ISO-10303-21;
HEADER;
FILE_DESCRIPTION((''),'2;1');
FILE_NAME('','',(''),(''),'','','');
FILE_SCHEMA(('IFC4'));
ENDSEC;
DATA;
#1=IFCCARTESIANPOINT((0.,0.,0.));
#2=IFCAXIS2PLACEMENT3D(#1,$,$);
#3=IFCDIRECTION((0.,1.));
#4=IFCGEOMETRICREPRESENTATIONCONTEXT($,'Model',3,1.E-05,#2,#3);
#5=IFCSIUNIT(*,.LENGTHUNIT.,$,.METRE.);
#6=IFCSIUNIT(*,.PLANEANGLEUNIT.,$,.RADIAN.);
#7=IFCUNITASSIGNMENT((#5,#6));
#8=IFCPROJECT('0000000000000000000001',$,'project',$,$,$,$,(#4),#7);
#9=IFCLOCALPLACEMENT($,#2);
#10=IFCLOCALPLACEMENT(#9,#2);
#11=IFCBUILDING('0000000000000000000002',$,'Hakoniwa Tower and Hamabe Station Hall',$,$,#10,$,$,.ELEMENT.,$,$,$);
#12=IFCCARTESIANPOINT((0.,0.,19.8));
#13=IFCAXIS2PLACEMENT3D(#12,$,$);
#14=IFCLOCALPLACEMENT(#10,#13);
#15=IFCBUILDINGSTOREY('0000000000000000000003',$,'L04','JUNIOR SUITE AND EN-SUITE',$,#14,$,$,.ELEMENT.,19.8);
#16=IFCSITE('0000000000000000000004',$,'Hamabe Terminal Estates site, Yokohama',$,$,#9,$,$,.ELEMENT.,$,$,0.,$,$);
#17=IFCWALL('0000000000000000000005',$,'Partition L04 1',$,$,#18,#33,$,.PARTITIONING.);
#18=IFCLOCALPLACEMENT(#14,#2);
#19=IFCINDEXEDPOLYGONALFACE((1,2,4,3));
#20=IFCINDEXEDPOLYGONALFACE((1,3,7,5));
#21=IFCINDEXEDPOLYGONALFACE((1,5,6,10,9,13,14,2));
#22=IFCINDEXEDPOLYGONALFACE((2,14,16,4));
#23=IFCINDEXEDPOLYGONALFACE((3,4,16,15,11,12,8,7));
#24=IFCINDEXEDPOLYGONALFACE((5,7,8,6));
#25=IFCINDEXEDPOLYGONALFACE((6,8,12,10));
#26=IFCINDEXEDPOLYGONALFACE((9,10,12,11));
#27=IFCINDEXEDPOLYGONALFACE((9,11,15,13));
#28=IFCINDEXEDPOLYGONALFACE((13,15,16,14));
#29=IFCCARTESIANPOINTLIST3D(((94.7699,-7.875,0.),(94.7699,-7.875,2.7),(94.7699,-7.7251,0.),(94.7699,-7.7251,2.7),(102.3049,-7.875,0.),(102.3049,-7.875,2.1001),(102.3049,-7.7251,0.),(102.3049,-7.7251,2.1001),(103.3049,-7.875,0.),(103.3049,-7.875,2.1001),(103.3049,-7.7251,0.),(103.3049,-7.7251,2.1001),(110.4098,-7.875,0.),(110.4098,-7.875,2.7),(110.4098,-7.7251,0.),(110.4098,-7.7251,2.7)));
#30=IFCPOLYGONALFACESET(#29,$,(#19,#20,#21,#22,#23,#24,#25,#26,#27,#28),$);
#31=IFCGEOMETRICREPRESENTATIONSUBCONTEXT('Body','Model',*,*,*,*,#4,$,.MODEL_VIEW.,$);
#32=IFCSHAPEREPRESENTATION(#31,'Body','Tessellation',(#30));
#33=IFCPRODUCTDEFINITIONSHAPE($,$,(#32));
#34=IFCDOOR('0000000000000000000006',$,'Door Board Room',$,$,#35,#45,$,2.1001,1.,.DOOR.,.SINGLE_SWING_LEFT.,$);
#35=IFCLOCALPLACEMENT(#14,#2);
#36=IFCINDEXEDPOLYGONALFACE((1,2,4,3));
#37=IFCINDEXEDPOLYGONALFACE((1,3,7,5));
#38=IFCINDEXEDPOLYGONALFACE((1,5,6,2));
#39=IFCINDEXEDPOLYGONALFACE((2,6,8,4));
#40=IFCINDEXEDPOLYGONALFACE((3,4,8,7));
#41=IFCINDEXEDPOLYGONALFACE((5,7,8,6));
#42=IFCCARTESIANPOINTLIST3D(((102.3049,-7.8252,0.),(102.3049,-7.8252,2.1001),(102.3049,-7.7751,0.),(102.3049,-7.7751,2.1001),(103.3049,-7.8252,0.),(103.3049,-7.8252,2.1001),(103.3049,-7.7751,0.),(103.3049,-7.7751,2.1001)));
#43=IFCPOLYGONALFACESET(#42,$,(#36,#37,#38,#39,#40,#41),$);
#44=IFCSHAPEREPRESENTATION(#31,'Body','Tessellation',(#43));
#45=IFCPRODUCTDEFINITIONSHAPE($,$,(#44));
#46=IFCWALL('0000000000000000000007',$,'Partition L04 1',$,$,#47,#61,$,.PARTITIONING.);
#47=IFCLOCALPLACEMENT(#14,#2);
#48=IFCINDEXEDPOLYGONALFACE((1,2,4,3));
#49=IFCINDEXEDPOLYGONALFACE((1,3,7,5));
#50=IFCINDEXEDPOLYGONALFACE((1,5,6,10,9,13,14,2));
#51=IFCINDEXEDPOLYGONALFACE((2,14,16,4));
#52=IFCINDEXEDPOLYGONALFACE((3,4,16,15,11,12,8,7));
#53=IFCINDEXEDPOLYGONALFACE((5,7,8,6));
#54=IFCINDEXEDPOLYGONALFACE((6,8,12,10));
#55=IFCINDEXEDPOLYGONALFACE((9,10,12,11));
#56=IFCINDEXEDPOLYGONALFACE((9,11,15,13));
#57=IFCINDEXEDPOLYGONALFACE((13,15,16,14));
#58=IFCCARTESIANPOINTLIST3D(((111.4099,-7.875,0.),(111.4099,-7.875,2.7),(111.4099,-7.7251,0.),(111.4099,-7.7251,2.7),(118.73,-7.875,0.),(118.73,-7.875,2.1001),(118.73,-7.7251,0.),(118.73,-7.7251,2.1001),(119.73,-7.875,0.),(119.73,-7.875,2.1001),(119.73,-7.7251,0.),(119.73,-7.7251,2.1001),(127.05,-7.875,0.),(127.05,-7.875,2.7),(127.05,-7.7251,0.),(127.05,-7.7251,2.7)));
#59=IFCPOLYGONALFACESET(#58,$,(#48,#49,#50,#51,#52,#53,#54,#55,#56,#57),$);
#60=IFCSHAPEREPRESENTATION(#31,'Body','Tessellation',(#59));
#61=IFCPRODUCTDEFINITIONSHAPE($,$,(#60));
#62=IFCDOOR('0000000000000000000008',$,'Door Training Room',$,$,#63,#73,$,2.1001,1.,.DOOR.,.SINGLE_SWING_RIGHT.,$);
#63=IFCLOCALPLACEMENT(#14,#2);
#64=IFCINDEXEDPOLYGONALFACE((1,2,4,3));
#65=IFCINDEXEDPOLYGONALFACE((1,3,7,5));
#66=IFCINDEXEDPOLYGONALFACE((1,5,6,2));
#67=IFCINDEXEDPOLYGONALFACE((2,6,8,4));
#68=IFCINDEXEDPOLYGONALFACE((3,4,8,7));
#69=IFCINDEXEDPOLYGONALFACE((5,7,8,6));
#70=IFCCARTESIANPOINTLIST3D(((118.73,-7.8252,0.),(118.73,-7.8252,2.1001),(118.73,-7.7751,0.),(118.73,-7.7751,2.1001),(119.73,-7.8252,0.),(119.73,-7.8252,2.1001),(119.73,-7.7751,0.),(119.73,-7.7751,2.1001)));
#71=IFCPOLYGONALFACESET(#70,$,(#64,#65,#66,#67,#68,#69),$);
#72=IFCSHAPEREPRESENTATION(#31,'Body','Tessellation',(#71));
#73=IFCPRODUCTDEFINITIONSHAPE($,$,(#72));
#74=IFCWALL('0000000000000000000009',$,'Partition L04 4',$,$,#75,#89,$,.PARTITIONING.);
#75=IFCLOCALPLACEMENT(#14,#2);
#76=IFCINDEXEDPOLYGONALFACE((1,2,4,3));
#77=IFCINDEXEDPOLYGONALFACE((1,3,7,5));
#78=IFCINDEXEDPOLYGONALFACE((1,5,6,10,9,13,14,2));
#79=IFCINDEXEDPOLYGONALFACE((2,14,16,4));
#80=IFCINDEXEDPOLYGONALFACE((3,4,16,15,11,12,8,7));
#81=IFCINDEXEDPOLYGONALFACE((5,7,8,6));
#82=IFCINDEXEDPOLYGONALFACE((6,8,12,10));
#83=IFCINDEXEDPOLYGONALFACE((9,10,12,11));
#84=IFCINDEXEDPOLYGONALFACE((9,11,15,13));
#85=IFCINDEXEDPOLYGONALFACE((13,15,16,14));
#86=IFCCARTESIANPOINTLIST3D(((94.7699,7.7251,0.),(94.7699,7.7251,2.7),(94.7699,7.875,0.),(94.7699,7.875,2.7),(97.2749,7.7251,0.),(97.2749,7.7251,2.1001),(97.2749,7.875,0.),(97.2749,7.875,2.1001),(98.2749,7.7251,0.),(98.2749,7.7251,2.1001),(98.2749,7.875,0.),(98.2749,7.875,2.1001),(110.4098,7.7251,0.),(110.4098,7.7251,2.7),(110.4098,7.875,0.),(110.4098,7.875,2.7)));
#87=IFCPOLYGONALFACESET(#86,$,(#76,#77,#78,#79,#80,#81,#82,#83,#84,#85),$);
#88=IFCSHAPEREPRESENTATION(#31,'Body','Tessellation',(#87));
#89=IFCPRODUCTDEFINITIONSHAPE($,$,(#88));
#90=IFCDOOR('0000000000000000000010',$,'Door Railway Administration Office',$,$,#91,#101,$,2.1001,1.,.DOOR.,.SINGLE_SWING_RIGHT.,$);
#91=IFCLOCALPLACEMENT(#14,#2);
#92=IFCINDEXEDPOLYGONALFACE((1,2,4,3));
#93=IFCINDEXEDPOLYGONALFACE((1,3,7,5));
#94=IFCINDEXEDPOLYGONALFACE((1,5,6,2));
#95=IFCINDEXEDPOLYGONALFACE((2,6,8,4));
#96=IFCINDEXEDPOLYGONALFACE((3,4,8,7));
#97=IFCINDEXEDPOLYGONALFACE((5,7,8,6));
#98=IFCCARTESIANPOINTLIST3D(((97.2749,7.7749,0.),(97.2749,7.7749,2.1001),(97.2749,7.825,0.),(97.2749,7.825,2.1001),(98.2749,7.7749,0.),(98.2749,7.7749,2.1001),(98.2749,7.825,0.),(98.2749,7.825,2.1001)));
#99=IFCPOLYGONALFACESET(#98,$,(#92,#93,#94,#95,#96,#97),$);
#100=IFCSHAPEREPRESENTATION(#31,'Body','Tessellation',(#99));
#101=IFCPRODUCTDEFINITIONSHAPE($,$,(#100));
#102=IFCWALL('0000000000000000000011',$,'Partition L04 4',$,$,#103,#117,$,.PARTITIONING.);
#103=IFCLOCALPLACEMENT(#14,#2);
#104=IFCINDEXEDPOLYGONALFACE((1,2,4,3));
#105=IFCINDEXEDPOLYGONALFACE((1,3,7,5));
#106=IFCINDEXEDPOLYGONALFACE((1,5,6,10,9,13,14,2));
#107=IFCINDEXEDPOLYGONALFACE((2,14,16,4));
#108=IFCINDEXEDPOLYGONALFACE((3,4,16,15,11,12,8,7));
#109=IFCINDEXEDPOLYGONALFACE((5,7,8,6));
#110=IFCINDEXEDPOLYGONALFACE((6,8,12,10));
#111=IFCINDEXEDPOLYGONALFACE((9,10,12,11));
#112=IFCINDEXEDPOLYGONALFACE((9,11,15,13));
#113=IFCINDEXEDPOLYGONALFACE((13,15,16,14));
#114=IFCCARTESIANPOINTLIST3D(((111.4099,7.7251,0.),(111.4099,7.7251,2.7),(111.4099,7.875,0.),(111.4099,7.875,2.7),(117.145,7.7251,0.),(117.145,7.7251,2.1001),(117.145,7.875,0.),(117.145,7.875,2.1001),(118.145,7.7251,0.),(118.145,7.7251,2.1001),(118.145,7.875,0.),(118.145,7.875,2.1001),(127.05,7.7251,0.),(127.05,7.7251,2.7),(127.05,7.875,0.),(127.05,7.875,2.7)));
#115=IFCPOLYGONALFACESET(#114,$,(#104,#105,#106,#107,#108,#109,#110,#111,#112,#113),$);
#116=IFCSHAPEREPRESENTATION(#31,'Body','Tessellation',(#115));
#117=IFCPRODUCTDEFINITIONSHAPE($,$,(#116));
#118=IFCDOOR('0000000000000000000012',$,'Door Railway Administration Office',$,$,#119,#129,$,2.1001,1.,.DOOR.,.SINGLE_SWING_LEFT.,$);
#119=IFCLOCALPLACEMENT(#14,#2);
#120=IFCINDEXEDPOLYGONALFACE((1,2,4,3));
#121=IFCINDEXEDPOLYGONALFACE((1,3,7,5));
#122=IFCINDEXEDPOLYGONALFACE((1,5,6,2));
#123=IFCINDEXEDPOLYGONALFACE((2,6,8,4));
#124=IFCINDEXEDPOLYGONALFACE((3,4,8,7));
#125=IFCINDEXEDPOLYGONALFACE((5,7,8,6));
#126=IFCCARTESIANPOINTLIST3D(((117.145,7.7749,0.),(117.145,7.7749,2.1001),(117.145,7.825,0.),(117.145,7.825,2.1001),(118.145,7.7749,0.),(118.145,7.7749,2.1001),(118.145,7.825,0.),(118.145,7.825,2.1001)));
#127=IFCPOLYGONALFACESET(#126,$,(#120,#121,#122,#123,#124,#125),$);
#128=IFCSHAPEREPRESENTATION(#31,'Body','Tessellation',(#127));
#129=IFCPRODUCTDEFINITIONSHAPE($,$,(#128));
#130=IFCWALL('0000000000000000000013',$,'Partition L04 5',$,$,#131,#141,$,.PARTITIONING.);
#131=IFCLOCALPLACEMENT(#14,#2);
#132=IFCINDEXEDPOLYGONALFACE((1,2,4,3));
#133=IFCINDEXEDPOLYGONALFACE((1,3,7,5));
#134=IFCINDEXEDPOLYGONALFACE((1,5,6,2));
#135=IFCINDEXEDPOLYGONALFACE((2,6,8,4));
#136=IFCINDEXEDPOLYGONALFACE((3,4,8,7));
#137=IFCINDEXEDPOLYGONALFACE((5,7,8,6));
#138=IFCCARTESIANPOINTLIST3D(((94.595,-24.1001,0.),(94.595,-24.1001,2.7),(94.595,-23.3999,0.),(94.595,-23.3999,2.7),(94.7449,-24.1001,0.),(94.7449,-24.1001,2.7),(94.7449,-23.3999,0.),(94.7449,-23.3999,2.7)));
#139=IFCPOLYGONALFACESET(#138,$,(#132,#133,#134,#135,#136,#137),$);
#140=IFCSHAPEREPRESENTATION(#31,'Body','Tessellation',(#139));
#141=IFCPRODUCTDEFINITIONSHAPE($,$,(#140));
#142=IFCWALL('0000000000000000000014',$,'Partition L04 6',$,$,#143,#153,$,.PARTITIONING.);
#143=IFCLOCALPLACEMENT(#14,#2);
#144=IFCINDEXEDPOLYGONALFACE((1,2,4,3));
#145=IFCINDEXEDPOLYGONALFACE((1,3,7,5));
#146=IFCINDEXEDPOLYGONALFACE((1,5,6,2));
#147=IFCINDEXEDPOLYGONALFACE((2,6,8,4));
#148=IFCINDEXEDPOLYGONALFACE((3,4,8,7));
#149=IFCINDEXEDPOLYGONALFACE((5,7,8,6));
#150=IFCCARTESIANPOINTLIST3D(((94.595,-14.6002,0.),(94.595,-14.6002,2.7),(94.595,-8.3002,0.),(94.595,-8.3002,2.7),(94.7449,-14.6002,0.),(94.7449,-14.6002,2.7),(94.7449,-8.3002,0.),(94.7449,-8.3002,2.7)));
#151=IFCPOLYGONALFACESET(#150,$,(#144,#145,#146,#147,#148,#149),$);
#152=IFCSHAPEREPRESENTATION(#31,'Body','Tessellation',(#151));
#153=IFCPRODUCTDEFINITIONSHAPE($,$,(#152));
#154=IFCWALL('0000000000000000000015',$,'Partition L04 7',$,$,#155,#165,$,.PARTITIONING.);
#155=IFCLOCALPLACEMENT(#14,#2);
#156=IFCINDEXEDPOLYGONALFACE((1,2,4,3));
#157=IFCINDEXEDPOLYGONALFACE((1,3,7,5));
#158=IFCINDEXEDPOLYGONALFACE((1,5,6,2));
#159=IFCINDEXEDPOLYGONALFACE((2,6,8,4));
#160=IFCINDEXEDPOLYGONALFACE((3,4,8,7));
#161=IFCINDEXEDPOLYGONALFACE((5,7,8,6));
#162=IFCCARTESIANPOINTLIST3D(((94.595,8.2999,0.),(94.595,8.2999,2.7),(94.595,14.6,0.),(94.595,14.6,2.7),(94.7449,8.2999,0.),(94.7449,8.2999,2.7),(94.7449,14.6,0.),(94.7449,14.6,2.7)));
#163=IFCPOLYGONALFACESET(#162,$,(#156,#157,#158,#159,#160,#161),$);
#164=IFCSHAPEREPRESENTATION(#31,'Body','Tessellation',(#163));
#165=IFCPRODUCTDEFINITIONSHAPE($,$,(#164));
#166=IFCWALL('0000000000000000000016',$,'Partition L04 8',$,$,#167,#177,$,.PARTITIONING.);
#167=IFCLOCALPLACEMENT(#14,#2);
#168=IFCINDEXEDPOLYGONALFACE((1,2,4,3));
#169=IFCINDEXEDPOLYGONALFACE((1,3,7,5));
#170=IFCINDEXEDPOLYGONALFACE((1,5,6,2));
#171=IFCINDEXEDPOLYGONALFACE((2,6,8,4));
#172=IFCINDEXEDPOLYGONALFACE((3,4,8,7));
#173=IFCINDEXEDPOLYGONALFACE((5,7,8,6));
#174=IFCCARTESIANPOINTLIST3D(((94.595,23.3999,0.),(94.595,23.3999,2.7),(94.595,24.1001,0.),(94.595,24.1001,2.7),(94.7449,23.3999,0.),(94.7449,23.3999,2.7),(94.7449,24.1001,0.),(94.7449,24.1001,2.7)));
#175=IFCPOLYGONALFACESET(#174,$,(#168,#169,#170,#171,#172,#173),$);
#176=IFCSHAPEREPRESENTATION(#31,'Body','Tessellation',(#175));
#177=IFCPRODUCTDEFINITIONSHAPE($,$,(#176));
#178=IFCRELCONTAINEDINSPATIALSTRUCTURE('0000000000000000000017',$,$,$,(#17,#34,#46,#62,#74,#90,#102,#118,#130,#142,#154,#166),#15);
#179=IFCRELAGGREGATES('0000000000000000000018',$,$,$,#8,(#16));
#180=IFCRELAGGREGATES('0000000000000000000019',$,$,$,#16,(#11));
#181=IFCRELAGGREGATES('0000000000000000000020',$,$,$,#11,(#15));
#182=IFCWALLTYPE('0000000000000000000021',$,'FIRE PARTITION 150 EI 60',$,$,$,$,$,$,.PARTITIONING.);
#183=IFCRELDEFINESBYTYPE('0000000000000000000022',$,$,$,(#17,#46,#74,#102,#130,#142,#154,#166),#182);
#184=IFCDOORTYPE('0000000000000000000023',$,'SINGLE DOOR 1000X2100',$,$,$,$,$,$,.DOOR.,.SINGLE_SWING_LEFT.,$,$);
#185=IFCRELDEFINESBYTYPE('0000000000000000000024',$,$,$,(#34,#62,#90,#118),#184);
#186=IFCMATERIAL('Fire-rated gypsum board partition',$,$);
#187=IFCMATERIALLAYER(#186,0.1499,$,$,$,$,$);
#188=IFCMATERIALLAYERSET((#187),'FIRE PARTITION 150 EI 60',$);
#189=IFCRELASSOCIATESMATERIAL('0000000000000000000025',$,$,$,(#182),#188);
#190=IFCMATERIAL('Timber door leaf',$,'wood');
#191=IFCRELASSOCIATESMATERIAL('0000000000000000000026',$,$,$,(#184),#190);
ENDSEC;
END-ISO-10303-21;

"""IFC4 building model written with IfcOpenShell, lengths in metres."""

from ifc_helpers import new_model, si_unit, direction, frame, frame_2d, origin, place, context, subcontext, project, spatial, rectangle, extrude, material, layer, layer_set, type_object, element, fill, save


model = new_model("IFC4")

# Units and contexts
model_context = context("Model", 3, precision=1e-05, world=origin(), true_north=direction((0.0, 1.0)))
body_context = subcontext(model_context, "Body", "Model", "MODEL_VIEW")
ifc_project = project(units=[si_unit("LENGTHUNIT", "METRE"), si_unit("PLANEANGLEUNIT", "RADIAN")], contexts=[model_context])

# Site, building, storey
site_placement = place(None, origin())
site = spatial("IfcSite", under=ifc_project, at=site_placement, Name="Hamabe Terminal Estates site, Yokohama", CompositionType="ELEMENT", RefElevation=0.0)
building_placement = place(site_placement, origin())
building = spatial("IfcBuilding", under=site, at=building_placement, Name="Hakoniwa Tower and Hamabe Station Hall", CompositionType="ELEMENT")
storey_placement = place(building_placement, frame((0.0, 0.0, 19.8)))
storey = spatial("IfcBuildingStorey", under=building, at=storey_placement, Name="L04", Description="JUNIOR SUITE AND EN-SUITE", CompositionType="ELEMENT", Elevation=19.8)

# Walls, openings, doors
ifc_material_1 = material(Name="Fire-rated gypsum board partition")
ifc_layer_1 = layer(ifc_material_1, 0.1499)
ifc_layer_set_1 = layer_set([ifc_layer_1], Name="FIRE PARTITION 150 EI 60")
wall_type_1 = type_object("IfcWallType", Name="FIRE PARTITION 150 EI 60", PredefinedType="PARTITIONING", material=ifc_layer_set_1)
wall_1_placement = place(storey_placement, frame((94.77, -7.8, 0.0), z_axis=(0.0, 0.0, 1.0), x_axis=(1.0, 0.0, 0.0)))
wall_1 = element("IfcWall", 1, at=wall_1_placement, inside=storey, type_object=wall_type_1, Name="Partition L04 1", PredefinedType="PARTITIONING", context=body_context, shape_type="SweptSolid", body=[
    extrude(rectangle(XDim=15.6399, YDim=0.1499, at=frame_2d((7.8198, 0.0))), origin(), (0.0, 0.0, 1.0), 2.7),
])
opening_1_placement = place(wall_1_placement, frame((7.5349, 0.0, 0.0)))
opening_1 = element("IfcOpeningElement", 2, at=opening_1_placement, cuts=wall_1, PredefinedType="OPENING", context=body_context, shape_type="SweptSolid", body=[
    extrude(rectangle(XDim=1.0, YDim=2.1001, at=frame_2d((0.5, 1.05))), frame((0.0, 0.085, 0.0), z_axis=(0.0, -1.0, 0.0), x_axis=(1.0, 0.0, 0.0)), (0.0, 0.0, 1.0), 0.1699),
])
ifc_material_2 = material(Name="Timber door leaf", Category="wood")
door_type = type_object("IfcDoorType", Name="SINGLE DOOR 1000X2100", OperationType="SINGLE_SWING_LEFT", PredefinedType="DOOR", material=ifc_material_2)
door_1_placement = place(opening_1_placement, origin())
door_1 = element("IfcDoor", 3, at=door_1_placement, inside=storey, type_object=door_type, Name="Door Board Room", OperationType="SINGLE_SWING_LEFT", OverallHeight=2.1001, OverallWidth=1.0, PredefinedType="DOOR", context=body_context, shape_type="SweptSolid", body=[
    extrude(rectangle(XDim=1.0, YDim=2.1001, at=frame_2d((0.5, 1.05))), frame((0.0, 0.0249, 0.0), z_axis=(0.0, -1.0, 0.0), x_axis=(1.0, 0.0, 0.0)), (0.0, 0.0, 1.0), 0.05),
])
fill(opening_1, door_1)
wall_2_placement = place(storey_placement, frame((111.4099, -7.8, 0.0), z_axis=(0.0, 0.0, 1.0), x_axis=(1.0, 0.0, 0.0)))
wall_2 = element("IfcWall", 4, at=wall_2_placement, inside=storey, type_object=wall_type_1, Name="Partition L04 1", PredefinedType="PARTITIONING", context=body_context, shape_type="SweptSolid", body=[
    extrude(rectangle(XDim=15.6401, YDim=0.1499, at=frame_2d((7.8201, 0.0))), origin(), (0.0, 0.0, 1.0), 2.7),
])
opening_2_placement = place(wall_2_placement, frame((7.3201, 0.0, 0.0)))
opening_2 = element("IfcOpeningElement", 5, at=opening_2_placement, cuts=wall_2, PredefinedType="OPENING", context=body_context, shape_type="SweptSolid", body=[
    extrude(rectangle(XDim=1.0, YDim=2.1001, at=frame_2d((0.5, 1.05))), frame((0.0, 0.085, 0.0), z_axis=(0.0, -1.0, 0.0), x_axis=(1.0, 0.0, 0.0)), (0.0, 0.0, 1.0), 0.1699),
])
door_2_placement = place(opening_2_placement, origin())
door_2 = element("IfcDoor", 6, at=door_2_placement, inside=storey, type_object=door_type, Name="Door Training Room", OperationType="SINGLE_SWING_RIGHT", OverallHeight=2.1001, OverallWidth=1.0, PredefinedType="DOOR", context=body_context, shape_type="SweptSolid", body=[
    extrude(rectangle(XDim=1.0, YDim=2.1001, at=frame_2d((0.5, 1.05))), frame((0.0, 0.0249, 0.0), z_axis=(0.0, -1.0, 0.0), x_axis=(1.0, 0.0, 0.0)), (0.0, 0.0, 1.0), 0.05),
])
fill(opening_2, door_2)
wall_3_placement = place(storey_placement, frame((94.77, 7.8, 0.0), z_axis=(0.0, 0.0, 1.0), x_axis=(1.0, 0.0, 0.0)))
wall_3 = element("IfcWall", 7, at=wall_3_placement, inside=storey, type_object=wall_type_1, Name="Partition L04 4", PredefinedType="PARTITIONING", context=body_context, shape_type="SweptSolid", body=[
    extrude(rectangle(XDim=15.6399, YDim=0.1499, at=frame_2d((7.8198, 0.0))), origin(), (0.0, 0.0, 1.0), 2.7),
])
opening_3_placement = place(wall_3_placement, frame((2.5049, 0.0, 0.0)))
opening_3 = element("IfcOpeningElement", 8, at=opening_3_placement, cuts=wall_3, PredefinedType="OPENING", context=body_context, shape_type="SweptSolid", body=[
    extrude(rectangle(XDim=1.0, YDim=2.1001, at=frame_2d((0.5, 1.05))), frame((0.0, 0.085, 0.0), z_axis=(0.0, -1.0, 0.0), x_axis=(1.0, 0.0, 0.0)), (0.0, 0.0, 1.0), 0.1699),
])
door_3_placement = place(opening_3_placement, origin())
door_3 = element("IfcDoor", 9, at=door_3_placement, inside=storey, type_object=door_type, Name="Door Railway Administration Office", OperationType="SINGLE_SWING_RIGHT", OverallHeight=2.1001, OverallWidth=1.0, PredefinedType="DOOR", context=body_context, shape_type="SweptSolid", body=[
    extrude(rectangle(XDim=1.0, YDim=2.1001, at=frame_2d((0.5, 1.05))), frame((0.0, 0.0249, 0.0), z_axis=(0.0, -1.0, 0.0), x_axis=(1.0, 0.0, 0.0)), (0.0, 0.0, 1.0), 0.05),
])
fill(opening_3, door_3)
wall_4_placement = place(storey_placement, frame((111.4099, 7.8, 0.0), z_axis=(0.0, 0.0, 1.0), x_axis=(1.0, 0.0, 0.0)))
wall_4 = element("IfcWall", 10, at=wall_4_placement, inside=storey, type_object=wall_type_1, Name="Partition L04 4", PredefinedType="PARTITIONING", context=body_context, shape_type="SweptSolid", body=[
    extrude(rectangle(XDim=15.6401, YDim=0.1499, at=frame_2d((7.8201, 0.0))), origin(), (0.0, 0.0, 1.0), 2.7),
])
opening_4_placement = place(wall_4_placement, frame((5.7351, 0.0, 0.0)))
opening_4 = element("IfcOpeningElement", 11, at=opening_4_placement, cuts=wall_4, PredefinedType="OPENING", context=body_context, shape_type="SweptSolid", body=[
    extrude(rectangle(XDim=1.0, YDim=2.1001, at=frame_2d((0.5, 1.05))), frame((0.0, 0.085, 0.0), z_axis=(0.0, -1.0, 0.0), x_axis=(1.0, 0.0, 0.0)), (0.0, 0.0, 1.0), 0.1699),
])
door_4_placement = place(opening_4_placement, origin())
door_4 = element("IfcDoor", 12, at=door_4_placement, inside=storey, type_object=door_type, Name="Door Railway Administration Office", OperationType="SINGLE_SWING_LEFT", OverallHeight=2.1001, OverallWidth=1.0, PredefinedType="DOOR", context=body_context, shape_type="SweptSolid", body=[
    extrude(rectangle(XDim=1.0, YDim=2.1001, at=frame_2d((0.5, 1.05))), frame((0.0, 0.0249, 0.0), z_axis=(0.0, -1.0, 0.0), x_axis=(1.0, 0.0, 0.0)), (0.0, 0.0, 1.0), 0.05),
])
fill(opening_4, door_4)

# Walls
wall_5_placement = place(storey_placement, frame((94.6699, -24.1001, 0.0), z_axis=(0.0, 0.0, 1.0), x_axis=(0.0, 1.0, 0.0)))
element("IfcWall", 13, at=wall_5_placement, inside=storey, type_object=wall_type_1, Name="Partition L04 5", PredefinedType="PARTITIONING", context=body_context, shape_type="SweptSolid", body=[
    extrude(rectangle(XDim=0.7002, YDim=0.1499, at=frame_2d((0.3501, 0.0))), origin(), (0.0, 0.0, 1.0), 2.7),
])
for number, where, z_axis, x_axis, name in (
    (14, (94.6699, -14.6001, 0.0), (0.0, 0.0, 1.0), (0.0, 1.0, 0.0), "Partition L04 6"),
    (15, (94.6699, 8.3, 0.0), (0.0, 0.0, 1.0), (0.0, 1.0, 0.0), "Partition L04 7"),
):
    element("IfcWall", number, at=place(storey_placement, frame(where, z_axis=z_axis, x_axis=x_axis)), inside=storey, type_object=wall_type_1, Name=name, PredefinedType="PARTITIONING", context=body_context, shape_type="SweptSolid", body=[
        extrude(rectangle(XDim=6.3, YDim=0.1499, at=frame_2d((3.1499, 0.0))), origin(), (0.0, 0.0, 1.0), 2.7),
    ])
wall_6_placement = place(storey_placement, frame((94.6699, 23.3999, 0.0), z_axis=(0.0, 0.0, 1.0), x_axis=(0.0, 1.0, 0.0)))
element("IfcWall", 16, at=wall_6_placement, inside=storey, type_object=wall_type_1, Name="Partition L04 8", PredefinedType="PARTITIONING", context=body_context, shape_type="SweptSolid", body=[
    extrude(rectangle(XDim=0.7002, YDim=0.1499, at=frame_2d((0.3501, 0.0))), origin(), (0.0, 0.0, 1.0), 2.7),
])

save(model, "model.ifc")
